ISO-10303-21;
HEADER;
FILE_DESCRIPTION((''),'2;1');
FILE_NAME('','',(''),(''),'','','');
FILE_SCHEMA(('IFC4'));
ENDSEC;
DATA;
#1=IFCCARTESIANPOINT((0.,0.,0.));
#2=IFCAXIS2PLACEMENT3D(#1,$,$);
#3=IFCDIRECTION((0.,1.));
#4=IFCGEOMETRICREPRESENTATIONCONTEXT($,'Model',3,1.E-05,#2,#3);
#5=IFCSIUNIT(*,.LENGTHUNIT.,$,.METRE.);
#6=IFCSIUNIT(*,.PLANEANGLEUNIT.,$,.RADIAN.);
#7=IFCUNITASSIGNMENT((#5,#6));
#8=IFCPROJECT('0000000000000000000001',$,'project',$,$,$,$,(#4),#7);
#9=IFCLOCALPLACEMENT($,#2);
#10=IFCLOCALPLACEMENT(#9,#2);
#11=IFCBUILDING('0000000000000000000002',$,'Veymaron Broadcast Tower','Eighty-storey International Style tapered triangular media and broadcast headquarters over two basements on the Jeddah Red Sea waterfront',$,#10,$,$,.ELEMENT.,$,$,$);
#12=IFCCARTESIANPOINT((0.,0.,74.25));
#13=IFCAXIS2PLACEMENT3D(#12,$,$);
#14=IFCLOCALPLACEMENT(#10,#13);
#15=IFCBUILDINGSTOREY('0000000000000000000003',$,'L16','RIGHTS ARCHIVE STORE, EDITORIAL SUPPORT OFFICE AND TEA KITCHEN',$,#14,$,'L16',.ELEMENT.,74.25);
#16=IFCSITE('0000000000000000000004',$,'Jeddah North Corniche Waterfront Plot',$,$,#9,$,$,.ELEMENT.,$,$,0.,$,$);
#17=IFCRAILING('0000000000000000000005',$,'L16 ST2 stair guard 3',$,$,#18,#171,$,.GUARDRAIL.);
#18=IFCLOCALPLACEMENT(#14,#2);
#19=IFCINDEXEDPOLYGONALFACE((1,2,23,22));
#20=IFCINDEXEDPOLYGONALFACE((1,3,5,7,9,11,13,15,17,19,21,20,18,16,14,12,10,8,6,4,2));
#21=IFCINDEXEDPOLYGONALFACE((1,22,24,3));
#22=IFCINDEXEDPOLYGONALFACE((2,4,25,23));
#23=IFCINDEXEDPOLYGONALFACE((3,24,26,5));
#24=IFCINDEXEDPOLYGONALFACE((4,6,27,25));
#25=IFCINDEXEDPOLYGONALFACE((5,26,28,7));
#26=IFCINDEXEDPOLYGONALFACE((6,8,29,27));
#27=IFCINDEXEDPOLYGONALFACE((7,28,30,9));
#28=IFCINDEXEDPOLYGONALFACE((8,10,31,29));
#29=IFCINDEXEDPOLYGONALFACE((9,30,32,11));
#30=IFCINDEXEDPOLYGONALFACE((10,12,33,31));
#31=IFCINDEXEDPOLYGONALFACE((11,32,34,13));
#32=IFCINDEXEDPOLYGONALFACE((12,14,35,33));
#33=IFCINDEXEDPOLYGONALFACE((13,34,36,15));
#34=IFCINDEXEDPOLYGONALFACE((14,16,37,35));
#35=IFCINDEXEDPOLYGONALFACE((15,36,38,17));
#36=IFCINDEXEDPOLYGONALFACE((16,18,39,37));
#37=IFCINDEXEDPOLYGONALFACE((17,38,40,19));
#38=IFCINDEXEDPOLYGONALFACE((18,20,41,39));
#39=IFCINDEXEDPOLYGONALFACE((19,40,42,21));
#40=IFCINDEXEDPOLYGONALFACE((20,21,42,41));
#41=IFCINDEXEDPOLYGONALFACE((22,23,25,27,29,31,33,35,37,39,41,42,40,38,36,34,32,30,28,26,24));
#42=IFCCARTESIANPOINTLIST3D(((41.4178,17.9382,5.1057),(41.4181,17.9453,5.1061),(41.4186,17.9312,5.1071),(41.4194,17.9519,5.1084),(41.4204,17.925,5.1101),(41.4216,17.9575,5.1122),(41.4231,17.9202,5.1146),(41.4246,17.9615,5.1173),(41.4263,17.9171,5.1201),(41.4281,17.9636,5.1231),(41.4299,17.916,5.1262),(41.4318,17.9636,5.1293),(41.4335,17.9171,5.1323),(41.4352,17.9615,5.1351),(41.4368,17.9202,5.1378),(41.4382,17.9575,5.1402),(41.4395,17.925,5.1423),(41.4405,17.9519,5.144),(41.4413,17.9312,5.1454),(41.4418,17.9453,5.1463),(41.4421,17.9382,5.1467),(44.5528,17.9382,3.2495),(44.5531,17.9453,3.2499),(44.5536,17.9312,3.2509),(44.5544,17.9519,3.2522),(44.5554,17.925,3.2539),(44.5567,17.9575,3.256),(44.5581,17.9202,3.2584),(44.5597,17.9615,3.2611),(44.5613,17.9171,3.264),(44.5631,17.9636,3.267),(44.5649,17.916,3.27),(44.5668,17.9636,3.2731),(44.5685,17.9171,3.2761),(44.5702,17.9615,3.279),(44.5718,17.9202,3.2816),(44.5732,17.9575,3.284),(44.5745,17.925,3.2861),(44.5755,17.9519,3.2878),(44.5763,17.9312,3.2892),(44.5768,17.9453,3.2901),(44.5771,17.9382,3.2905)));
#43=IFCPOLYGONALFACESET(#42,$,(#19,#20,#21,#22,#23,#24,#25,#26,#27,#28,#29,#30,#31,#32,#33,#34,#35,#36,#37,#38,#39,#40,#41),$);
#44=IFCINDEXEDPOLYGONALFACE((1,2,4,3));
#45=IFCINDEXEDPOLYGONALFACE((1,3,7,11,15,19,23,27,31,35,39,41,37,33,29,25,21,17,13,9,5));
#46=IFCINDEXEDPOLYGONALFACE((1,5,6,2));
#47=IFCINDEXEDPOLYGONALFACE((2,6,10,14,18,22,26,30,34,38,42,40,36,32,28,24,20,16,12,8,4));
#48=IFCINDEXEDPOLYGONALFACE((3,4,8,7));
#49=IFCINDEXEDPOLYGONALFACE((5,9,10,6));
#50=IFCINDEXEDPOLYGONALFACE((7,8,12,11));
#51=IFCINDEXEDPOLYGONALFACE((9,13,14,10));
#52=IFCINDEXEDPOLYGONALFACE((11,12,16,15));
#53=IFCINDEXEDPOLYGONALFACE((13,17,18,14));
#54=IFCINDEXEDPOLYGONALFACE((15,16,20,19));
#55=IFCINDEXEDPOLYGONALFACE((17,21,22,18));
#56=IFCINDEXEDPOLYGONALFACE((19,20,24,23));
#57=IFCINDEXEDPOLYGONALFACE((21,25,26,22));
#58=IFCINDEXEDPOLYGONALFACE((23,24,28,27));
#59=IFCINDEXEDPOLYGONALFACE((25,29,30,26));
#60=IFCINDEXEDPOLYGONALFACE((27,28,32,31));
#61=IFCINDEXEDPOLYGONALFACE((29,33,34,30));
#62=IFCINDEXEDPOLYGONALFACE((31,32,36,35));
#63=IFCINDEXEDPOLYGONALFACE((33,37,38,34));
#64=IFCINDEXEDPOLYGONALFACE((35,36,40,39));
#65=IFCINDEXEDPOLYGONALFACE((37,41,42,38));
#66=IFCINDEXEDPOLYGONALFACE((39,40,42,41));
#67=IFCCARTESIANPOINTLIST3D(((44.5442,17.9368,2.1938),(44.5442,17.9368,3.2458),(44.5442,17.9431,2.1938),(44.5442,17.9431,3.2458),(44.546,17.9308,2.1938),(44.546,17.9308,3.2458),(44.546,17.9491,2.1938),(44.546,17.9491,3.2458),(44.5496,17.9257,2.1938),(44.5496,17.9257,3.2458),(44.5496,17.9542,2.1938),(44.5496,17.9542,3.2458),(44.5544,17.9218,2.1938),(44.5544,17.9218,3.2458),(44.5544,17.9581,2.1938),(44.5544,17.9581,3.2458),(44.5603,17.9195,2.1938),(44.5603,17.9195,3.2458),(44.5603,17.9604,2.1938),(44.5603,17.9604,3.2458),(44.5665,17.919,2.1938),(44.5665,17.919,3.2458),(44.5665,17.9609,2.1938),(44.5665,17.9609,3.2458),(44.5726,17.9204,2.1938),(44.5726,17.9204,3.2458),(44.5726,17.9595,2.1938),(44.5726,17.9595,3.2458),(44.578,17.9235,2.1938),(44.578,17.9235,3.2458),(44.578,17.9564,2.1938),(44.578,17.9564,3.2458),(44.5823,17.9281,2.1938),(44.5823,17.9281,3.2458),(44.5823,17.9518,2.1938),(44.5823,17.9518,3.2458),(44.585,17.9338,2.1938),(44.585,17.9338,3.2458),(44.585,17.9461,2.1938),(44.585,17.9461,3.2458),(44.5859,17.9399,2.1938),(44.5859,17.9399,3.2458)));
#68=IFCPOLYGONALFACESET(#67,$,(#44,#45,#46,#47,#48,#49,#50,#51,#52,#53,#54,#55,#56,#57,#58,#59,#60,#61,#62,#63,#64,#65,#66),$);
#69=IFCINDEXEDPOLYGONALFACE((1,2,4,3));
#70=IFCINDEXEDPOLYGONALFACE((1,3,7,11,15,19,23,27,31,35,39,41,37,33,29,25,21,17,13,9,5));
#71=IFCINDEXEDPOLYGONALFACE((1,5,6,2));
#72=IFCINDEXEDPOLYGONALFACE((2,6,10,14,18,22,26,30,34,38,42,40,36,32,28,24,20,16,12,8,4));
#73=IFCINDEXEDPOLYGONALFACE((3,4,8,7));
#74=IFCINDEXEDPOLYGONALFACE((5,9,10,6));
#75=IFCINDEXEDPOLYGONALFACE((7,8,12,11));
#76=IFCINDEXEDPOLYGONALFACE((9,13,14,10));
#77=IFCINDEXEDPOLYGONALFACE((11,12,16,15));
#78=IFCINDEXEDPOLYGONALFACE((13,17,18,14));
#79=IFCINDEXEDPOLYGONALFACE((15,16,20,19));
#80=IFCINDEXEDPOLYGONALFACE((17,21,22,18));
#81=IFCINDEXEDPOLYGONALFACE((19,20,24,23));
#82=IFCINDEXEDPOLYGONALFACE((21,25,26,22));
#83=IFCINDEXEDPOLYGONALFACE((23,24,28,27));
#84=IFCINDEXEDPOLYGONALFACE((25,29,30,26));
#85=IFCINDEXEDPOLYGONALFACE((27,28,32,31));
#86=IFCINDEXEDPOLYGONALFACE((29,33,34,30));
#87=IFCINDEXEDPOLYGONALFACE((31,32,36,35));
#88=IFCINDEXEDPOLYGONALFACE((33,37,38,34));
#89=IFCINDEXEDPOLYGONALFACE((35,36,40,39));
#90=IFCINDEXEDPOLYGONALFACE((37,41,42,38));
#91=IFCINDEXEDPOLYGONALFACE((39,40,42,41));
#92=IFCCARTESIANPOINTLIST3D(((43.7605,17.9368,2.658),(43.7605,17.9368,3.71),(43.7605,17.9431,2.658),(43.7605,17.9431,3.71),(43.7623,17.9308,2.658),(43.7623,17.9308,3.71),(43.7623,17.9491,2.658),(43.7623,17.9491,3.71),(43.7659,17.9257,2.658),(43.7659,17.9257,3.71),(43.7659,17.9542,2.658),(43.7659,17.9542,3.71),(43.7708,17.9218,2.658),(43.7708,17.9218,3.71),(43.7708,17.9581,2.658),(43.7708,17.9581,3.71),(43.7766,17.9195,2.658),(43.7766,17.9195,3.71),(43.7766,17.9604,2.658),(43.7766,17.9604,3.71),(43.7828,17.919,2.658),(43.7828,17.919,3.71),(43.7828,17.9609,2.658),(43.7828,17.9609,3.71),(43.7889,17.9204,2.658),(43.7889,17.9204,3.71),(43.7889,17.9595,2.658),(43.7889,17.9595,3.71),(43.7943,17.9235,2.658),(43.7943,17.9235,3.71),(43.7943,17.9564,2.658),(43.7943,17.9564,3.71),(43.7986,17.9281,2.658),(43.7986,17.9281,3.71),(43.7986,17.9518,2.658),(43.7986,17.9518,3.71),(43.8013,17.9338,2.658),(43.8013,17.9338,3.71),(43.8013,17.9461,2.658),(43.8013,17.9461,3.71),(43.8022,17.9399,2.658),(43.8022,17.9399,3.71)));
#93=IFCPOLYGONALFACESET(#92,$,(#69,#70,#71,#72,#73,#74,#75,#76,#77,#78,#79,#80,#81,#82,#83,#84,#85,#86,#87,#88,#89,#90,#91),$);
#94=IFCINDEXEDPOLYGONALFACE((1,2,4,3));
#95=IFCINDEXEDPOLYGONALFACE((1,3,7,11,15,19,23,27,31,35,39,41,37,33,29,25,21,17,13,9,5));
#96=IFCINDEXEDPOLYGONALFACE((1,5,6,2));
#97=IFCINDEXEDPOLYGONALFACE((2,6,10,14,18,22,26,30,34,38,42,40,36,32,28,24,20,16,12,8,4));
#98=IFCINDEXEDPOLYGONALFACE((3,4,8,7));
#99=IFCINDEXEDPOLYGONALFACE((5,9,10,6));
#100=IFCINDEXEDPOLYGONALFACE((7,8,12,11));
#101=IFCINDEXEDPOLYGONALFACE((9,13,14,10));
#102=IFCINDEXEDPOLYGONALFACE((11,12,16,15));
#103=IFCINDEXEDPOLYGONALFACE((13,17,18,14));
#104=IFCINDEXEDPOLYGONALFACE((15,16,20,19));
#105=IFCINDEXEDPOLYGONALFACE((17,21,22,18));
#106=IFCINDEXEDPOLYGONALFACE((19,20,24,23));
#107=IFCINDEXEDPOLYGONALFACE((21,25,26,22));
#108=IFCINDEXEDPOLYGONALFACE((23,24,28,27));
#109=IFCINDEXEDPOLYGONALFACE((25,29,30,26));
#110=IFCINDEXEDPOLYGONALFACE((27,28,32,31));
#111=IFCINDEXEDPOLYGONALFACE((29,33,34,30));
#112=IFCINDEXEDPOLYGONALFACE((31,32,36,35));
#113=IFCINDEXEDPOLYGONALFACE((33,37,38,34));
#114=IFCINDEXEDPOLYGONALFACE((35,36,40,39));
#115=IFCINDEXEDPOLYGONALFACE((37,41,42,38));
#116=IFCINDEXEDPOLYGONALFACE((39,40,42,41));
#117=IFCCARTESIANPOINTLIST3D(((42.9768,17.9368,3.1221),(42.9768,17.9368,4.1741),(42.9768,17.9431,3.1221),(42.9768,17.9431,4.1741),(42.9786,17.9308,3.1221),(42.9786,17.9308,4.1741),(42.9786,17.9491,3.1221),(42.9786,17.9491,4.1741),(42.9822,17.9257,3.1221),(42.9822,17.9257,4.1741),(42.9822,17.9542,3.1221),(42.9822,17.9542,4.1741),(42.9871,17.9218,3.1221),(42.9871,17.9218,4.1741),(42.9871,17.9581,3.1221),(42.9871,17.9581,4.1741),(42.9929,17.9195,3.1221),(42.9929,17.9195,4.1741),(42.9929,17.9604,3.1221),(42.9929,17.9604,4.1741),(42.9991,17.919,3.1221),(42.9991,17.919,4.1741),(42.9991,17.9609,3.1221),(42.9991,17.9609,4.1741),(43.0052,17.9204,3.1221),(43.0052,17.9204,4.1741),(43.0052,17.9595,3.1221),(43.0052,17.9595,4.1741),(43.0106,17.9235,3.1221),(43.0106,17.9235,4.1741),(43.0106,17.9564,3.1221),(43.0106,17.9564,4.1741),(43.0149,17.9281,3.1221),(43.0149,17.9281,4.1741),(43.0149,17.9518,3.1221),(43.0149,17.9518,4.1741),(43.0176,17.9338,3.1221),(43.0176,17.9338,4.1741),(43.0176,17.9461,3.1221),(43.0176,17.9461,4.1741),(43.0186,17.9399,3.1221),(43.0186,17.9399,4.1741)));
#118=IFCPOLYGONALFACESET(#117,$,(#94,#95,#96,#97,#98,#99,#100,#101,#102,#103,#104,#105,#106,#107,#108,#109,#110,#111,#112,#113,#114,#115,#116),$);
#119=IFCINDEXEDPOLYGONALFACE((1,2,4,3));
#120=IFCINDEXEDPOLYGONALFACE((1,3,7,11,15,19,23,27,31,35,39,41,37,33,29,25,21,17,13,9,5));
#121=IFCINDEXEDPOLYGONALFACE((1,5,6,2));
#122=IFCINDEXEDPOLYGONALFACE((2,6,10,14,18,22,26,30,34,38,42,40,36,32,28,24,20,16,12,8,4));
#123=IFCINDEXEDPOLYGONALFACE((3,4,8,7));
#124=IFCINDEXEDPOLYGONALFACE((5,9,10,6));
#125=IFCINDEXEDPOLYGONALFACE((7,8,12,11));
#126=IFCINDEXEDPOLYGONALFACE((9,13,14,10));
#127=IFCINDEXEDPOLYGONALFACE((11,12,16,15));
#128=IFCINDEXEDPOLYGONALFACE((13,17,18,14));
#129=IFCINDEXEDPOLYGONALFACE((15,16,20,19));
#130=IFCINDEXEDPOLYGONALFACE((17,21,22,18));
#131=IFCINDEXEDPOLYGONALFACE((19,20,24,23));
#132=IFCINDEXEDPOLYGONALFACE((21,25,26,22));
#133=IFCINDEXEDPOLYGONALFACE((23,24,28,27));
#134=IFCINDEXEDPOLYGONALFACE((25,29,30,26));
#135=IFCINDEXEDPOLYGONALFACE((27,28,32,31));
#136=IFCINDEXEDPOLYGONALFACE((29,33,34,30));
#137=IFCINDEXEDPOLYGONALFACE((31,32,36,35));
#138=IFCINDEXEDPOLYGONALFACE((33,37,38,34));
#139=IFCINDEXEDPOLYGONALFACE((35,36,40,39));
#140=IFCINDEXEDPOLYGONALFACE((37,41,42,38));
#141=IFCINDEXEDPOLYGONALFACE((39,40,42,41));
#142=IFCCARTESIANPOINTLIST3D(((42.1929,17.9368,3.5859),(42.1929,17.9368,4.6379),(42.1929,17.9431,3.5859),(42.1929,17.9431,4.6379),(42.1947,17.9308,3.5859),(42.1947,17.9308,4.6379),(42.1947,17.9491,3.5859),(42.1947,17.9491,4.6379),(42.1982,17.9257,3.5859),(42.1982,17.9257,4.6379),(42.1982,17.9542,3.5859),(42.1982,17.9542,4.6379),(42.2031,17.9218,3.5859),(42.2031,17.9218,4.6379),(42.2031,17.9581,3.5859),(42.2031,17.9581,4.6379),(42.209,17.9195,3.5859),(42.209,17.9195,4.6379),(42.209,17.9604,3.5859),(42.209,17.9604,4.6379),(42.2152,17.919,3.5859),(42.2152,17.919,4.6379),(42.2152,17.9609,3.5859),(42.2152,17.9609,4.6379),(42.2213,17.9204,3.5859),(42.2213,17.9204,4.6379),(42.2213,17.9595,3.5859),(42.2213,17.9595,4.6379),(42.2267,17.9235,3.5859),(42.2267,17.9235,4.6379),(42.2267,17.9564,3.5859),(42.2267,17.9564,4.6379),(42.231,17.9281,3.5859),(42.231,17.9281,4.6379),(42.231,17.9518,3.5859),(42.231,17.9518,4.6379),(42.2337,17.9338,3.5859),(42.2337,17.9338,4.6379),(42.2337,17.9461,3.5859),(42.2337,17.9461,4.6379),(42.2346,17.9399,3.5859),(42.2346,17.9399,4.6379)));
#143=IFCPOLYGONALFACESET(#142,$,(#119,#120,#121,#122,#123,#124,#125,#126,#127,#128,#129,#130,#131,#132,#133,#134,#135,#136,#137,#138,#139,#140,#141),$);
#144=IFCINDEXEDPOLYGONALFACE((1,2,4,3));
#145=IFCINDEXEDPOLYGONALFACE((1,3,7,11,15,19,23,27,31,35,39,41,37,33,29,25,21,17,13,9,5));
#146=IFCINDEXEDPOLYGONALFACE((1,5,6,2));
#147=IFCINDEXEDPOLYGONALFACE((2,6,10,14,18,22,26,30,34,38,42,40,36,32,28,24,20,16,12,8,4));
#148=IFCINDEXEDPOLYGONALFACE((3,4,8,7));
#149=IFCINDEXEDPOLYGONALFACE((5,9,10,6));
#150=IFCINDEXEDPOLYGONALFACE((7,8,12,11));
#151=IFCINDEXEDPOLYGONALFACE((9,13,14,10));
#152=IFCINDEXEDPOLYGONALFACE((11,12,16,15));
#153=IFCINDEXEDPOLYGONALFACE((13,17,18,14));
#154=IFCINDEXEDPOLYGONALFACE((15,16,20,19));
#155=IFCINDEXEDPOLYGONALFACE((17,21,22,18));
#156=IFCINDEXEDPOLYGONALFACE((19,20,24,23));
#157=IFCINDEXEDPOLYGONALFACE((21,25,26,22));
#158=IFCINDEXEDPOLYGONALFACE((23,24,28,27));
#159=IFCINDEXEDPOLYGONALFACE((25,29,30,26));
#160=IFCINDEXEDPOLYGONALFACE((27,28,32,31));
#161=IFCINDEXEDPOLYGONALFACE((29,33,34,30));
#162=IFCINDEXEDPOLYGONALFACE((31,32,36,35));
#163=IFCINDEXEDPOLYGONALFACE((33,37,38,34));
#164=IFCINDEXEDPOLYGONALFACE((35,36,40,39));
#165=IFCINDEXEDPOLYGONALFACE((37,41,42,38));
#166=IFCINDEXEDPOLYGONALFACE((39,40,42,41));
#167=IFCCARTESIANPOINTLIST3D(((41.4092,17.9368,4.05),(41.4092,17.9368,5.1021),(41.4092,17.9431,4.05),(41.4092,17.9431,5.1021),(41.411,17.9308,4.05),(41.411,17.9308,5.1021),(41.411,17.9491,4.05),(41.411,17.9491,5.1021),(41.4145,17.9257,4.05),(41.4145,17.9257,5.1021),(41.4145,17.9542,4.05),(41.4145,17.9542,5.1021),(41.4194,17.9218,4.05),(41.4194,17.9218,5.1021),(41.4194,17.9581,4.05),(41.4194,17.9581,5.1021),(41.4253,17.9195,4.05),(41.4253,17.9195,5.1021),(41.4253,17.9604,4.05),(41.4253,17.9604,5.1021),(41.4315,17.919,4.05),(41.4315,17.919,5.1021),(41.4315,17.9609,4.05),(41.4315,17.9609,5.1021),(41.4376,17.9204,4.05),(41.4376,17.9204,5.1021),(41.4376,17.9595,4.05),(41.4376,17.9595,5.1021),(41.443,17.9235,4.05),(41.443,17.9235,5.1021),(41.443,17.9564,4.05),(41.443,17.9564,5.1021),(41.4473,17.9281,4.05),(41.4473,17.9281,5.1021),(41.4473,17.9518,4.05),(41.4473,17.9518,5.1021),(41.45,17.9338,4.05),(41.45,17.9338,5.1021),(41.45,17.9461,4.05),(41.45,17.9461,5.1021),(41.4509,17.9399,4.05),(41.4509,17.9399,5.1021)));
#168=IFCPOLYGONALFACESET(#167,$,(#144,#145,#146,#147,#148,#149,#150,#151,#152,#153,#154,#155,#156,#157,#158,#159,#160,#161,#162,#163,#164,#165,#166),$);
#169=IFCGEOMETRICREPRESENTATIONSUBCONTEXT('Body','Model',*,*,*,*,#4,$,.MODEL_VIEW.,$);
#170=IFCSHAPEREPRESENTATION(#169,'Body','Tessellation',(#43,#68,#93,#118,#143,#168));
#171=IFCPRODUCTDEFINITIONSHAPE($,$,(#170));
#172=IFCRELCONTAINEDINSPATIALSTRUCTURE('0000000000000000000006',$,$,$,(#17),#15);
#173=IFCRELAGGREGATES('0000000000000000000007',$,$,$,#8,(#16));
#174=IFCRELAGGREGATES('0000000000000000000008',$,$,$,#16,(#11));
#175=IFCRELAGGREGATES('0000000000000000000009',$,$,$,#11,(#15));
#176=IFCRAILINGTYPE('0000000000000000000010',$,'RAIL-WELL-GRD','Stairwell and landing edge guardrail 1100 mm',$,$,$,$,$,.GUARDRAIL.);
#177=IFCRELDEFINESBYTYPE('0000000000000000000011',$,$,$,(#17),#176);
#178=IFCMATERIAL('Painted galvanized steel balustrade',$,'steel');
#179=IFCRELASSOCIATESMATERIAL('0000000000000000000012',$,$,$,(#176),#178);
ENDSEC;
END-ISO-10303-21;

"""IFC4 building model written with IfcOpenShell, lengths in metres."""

from ifc_helpers import new_model, si_unit, direction, frame, origin, origin_2d, place, context, subcontext, project, spatial, circle, extrude, material, type_object, element, save


model = new_model("IFC4")

# Units and contexts
model_context = context("Model", 3, precision=1e-05, world=origin(), true_north=direction((0.0, 1.0)))
body_context = subcontext(model_context, "Body", "Model", "MODEL_VIEW")
ifc_project = project(units=[si_unit("LENGTHUNIT", "METRE"), si_unit("PLANEANGLEUNIT", "RADIAN")], contexts=[model_context])

# Site, building, storey
site_placement = place(None, origin())
site = spatial("IfcSite", under=ifc_project, at=site_placement, Name="Jeddah North Corniche Waterfront Plot", CompositionType="ELEMENT", RefElevation=0.0)
building_placement = place(site_placement, origin())
building = spatial("IfcBuilding", under=site, at=building_placement, Name="Veymaron Broadcast Tower", Description="Eighty-storey International Style tapered triangular media and broadcast headquarters over two basements on the Jeddah Red Sea waterfront", CompositionType="ELEMENT")
storey_placement = place(building_placement, frame((0.0, 0.0, 74.25)))
storey = spatial("IfcBuildingStorey", under=building, at=storey_placement, Name="L16", Description="RIGHTS ARCHIVE STORE, EDITORIAL SUPPORT OFFICE AND TEA KITCHEN", LongName="L16", CompositionType="ELEMENT", Elevation=74.25)

# Railing
ifc_material_1 = material(Name="Painted galvanized steel balustrade", Category="steel")
railing_type_1 = type_object("IfcRailingType", Name="RAIL-WELL-GRD", Description="Stairwell and landing edge guardrail 1100 mm", PredefinedType="GUARDRAIL", material=ifc_material_1)
railing_1_placement = place(storey_placement, frame((44.5649, 17.9399, 2.1938)))
element("IfcRailing", 1, at=railing_1_placement, inside=storey, type_object=railing_type_1, Name="L16 ST2 stair guard 3", PredefinedType="GUARDRAIL", context=body_context, shape_type="SweptSolid", body=[
    extrude(circle(Radius=0.0239, at=origin_2d()), frame((0.0, 0.0, 1.0762), z_axis=(-0.860482, 0.0, 0.509481), x_axis=(0.0, -1.0, 0.0)), (0.0, 0.0, 1.0), 3.6433),
    extrude(circle(Radius=0.021, at=origin_2d()), origin(), (0.0, 0.0, 1.0), 1.052),
    extrude(circle(Radius=0.021, at=origin_2d()), frame((-0.7837, 0.0, 0.4641)), (0.0, 0.0, 1.0), 1.052),
    extrude(circle(Radius=0.021, at=origin_2d()), frame((-1.5674, 0.0, 0.9282)), (0.0, 0.0, 1.0), 1.052),
    extrude(circle(Radius=0.021, at=origin_2d()), frame((-2.3513, 0.0, 1.3921)), (0.0, 0.0, 1.0), 1.052),
    extrude(circle(Radius=0.021, at=origin_2d()), frame((-3.135, 0.0, 1.8562)), (0.0, 0.0, 1.0), 1.052),
])

save(model, "model.ifc")
